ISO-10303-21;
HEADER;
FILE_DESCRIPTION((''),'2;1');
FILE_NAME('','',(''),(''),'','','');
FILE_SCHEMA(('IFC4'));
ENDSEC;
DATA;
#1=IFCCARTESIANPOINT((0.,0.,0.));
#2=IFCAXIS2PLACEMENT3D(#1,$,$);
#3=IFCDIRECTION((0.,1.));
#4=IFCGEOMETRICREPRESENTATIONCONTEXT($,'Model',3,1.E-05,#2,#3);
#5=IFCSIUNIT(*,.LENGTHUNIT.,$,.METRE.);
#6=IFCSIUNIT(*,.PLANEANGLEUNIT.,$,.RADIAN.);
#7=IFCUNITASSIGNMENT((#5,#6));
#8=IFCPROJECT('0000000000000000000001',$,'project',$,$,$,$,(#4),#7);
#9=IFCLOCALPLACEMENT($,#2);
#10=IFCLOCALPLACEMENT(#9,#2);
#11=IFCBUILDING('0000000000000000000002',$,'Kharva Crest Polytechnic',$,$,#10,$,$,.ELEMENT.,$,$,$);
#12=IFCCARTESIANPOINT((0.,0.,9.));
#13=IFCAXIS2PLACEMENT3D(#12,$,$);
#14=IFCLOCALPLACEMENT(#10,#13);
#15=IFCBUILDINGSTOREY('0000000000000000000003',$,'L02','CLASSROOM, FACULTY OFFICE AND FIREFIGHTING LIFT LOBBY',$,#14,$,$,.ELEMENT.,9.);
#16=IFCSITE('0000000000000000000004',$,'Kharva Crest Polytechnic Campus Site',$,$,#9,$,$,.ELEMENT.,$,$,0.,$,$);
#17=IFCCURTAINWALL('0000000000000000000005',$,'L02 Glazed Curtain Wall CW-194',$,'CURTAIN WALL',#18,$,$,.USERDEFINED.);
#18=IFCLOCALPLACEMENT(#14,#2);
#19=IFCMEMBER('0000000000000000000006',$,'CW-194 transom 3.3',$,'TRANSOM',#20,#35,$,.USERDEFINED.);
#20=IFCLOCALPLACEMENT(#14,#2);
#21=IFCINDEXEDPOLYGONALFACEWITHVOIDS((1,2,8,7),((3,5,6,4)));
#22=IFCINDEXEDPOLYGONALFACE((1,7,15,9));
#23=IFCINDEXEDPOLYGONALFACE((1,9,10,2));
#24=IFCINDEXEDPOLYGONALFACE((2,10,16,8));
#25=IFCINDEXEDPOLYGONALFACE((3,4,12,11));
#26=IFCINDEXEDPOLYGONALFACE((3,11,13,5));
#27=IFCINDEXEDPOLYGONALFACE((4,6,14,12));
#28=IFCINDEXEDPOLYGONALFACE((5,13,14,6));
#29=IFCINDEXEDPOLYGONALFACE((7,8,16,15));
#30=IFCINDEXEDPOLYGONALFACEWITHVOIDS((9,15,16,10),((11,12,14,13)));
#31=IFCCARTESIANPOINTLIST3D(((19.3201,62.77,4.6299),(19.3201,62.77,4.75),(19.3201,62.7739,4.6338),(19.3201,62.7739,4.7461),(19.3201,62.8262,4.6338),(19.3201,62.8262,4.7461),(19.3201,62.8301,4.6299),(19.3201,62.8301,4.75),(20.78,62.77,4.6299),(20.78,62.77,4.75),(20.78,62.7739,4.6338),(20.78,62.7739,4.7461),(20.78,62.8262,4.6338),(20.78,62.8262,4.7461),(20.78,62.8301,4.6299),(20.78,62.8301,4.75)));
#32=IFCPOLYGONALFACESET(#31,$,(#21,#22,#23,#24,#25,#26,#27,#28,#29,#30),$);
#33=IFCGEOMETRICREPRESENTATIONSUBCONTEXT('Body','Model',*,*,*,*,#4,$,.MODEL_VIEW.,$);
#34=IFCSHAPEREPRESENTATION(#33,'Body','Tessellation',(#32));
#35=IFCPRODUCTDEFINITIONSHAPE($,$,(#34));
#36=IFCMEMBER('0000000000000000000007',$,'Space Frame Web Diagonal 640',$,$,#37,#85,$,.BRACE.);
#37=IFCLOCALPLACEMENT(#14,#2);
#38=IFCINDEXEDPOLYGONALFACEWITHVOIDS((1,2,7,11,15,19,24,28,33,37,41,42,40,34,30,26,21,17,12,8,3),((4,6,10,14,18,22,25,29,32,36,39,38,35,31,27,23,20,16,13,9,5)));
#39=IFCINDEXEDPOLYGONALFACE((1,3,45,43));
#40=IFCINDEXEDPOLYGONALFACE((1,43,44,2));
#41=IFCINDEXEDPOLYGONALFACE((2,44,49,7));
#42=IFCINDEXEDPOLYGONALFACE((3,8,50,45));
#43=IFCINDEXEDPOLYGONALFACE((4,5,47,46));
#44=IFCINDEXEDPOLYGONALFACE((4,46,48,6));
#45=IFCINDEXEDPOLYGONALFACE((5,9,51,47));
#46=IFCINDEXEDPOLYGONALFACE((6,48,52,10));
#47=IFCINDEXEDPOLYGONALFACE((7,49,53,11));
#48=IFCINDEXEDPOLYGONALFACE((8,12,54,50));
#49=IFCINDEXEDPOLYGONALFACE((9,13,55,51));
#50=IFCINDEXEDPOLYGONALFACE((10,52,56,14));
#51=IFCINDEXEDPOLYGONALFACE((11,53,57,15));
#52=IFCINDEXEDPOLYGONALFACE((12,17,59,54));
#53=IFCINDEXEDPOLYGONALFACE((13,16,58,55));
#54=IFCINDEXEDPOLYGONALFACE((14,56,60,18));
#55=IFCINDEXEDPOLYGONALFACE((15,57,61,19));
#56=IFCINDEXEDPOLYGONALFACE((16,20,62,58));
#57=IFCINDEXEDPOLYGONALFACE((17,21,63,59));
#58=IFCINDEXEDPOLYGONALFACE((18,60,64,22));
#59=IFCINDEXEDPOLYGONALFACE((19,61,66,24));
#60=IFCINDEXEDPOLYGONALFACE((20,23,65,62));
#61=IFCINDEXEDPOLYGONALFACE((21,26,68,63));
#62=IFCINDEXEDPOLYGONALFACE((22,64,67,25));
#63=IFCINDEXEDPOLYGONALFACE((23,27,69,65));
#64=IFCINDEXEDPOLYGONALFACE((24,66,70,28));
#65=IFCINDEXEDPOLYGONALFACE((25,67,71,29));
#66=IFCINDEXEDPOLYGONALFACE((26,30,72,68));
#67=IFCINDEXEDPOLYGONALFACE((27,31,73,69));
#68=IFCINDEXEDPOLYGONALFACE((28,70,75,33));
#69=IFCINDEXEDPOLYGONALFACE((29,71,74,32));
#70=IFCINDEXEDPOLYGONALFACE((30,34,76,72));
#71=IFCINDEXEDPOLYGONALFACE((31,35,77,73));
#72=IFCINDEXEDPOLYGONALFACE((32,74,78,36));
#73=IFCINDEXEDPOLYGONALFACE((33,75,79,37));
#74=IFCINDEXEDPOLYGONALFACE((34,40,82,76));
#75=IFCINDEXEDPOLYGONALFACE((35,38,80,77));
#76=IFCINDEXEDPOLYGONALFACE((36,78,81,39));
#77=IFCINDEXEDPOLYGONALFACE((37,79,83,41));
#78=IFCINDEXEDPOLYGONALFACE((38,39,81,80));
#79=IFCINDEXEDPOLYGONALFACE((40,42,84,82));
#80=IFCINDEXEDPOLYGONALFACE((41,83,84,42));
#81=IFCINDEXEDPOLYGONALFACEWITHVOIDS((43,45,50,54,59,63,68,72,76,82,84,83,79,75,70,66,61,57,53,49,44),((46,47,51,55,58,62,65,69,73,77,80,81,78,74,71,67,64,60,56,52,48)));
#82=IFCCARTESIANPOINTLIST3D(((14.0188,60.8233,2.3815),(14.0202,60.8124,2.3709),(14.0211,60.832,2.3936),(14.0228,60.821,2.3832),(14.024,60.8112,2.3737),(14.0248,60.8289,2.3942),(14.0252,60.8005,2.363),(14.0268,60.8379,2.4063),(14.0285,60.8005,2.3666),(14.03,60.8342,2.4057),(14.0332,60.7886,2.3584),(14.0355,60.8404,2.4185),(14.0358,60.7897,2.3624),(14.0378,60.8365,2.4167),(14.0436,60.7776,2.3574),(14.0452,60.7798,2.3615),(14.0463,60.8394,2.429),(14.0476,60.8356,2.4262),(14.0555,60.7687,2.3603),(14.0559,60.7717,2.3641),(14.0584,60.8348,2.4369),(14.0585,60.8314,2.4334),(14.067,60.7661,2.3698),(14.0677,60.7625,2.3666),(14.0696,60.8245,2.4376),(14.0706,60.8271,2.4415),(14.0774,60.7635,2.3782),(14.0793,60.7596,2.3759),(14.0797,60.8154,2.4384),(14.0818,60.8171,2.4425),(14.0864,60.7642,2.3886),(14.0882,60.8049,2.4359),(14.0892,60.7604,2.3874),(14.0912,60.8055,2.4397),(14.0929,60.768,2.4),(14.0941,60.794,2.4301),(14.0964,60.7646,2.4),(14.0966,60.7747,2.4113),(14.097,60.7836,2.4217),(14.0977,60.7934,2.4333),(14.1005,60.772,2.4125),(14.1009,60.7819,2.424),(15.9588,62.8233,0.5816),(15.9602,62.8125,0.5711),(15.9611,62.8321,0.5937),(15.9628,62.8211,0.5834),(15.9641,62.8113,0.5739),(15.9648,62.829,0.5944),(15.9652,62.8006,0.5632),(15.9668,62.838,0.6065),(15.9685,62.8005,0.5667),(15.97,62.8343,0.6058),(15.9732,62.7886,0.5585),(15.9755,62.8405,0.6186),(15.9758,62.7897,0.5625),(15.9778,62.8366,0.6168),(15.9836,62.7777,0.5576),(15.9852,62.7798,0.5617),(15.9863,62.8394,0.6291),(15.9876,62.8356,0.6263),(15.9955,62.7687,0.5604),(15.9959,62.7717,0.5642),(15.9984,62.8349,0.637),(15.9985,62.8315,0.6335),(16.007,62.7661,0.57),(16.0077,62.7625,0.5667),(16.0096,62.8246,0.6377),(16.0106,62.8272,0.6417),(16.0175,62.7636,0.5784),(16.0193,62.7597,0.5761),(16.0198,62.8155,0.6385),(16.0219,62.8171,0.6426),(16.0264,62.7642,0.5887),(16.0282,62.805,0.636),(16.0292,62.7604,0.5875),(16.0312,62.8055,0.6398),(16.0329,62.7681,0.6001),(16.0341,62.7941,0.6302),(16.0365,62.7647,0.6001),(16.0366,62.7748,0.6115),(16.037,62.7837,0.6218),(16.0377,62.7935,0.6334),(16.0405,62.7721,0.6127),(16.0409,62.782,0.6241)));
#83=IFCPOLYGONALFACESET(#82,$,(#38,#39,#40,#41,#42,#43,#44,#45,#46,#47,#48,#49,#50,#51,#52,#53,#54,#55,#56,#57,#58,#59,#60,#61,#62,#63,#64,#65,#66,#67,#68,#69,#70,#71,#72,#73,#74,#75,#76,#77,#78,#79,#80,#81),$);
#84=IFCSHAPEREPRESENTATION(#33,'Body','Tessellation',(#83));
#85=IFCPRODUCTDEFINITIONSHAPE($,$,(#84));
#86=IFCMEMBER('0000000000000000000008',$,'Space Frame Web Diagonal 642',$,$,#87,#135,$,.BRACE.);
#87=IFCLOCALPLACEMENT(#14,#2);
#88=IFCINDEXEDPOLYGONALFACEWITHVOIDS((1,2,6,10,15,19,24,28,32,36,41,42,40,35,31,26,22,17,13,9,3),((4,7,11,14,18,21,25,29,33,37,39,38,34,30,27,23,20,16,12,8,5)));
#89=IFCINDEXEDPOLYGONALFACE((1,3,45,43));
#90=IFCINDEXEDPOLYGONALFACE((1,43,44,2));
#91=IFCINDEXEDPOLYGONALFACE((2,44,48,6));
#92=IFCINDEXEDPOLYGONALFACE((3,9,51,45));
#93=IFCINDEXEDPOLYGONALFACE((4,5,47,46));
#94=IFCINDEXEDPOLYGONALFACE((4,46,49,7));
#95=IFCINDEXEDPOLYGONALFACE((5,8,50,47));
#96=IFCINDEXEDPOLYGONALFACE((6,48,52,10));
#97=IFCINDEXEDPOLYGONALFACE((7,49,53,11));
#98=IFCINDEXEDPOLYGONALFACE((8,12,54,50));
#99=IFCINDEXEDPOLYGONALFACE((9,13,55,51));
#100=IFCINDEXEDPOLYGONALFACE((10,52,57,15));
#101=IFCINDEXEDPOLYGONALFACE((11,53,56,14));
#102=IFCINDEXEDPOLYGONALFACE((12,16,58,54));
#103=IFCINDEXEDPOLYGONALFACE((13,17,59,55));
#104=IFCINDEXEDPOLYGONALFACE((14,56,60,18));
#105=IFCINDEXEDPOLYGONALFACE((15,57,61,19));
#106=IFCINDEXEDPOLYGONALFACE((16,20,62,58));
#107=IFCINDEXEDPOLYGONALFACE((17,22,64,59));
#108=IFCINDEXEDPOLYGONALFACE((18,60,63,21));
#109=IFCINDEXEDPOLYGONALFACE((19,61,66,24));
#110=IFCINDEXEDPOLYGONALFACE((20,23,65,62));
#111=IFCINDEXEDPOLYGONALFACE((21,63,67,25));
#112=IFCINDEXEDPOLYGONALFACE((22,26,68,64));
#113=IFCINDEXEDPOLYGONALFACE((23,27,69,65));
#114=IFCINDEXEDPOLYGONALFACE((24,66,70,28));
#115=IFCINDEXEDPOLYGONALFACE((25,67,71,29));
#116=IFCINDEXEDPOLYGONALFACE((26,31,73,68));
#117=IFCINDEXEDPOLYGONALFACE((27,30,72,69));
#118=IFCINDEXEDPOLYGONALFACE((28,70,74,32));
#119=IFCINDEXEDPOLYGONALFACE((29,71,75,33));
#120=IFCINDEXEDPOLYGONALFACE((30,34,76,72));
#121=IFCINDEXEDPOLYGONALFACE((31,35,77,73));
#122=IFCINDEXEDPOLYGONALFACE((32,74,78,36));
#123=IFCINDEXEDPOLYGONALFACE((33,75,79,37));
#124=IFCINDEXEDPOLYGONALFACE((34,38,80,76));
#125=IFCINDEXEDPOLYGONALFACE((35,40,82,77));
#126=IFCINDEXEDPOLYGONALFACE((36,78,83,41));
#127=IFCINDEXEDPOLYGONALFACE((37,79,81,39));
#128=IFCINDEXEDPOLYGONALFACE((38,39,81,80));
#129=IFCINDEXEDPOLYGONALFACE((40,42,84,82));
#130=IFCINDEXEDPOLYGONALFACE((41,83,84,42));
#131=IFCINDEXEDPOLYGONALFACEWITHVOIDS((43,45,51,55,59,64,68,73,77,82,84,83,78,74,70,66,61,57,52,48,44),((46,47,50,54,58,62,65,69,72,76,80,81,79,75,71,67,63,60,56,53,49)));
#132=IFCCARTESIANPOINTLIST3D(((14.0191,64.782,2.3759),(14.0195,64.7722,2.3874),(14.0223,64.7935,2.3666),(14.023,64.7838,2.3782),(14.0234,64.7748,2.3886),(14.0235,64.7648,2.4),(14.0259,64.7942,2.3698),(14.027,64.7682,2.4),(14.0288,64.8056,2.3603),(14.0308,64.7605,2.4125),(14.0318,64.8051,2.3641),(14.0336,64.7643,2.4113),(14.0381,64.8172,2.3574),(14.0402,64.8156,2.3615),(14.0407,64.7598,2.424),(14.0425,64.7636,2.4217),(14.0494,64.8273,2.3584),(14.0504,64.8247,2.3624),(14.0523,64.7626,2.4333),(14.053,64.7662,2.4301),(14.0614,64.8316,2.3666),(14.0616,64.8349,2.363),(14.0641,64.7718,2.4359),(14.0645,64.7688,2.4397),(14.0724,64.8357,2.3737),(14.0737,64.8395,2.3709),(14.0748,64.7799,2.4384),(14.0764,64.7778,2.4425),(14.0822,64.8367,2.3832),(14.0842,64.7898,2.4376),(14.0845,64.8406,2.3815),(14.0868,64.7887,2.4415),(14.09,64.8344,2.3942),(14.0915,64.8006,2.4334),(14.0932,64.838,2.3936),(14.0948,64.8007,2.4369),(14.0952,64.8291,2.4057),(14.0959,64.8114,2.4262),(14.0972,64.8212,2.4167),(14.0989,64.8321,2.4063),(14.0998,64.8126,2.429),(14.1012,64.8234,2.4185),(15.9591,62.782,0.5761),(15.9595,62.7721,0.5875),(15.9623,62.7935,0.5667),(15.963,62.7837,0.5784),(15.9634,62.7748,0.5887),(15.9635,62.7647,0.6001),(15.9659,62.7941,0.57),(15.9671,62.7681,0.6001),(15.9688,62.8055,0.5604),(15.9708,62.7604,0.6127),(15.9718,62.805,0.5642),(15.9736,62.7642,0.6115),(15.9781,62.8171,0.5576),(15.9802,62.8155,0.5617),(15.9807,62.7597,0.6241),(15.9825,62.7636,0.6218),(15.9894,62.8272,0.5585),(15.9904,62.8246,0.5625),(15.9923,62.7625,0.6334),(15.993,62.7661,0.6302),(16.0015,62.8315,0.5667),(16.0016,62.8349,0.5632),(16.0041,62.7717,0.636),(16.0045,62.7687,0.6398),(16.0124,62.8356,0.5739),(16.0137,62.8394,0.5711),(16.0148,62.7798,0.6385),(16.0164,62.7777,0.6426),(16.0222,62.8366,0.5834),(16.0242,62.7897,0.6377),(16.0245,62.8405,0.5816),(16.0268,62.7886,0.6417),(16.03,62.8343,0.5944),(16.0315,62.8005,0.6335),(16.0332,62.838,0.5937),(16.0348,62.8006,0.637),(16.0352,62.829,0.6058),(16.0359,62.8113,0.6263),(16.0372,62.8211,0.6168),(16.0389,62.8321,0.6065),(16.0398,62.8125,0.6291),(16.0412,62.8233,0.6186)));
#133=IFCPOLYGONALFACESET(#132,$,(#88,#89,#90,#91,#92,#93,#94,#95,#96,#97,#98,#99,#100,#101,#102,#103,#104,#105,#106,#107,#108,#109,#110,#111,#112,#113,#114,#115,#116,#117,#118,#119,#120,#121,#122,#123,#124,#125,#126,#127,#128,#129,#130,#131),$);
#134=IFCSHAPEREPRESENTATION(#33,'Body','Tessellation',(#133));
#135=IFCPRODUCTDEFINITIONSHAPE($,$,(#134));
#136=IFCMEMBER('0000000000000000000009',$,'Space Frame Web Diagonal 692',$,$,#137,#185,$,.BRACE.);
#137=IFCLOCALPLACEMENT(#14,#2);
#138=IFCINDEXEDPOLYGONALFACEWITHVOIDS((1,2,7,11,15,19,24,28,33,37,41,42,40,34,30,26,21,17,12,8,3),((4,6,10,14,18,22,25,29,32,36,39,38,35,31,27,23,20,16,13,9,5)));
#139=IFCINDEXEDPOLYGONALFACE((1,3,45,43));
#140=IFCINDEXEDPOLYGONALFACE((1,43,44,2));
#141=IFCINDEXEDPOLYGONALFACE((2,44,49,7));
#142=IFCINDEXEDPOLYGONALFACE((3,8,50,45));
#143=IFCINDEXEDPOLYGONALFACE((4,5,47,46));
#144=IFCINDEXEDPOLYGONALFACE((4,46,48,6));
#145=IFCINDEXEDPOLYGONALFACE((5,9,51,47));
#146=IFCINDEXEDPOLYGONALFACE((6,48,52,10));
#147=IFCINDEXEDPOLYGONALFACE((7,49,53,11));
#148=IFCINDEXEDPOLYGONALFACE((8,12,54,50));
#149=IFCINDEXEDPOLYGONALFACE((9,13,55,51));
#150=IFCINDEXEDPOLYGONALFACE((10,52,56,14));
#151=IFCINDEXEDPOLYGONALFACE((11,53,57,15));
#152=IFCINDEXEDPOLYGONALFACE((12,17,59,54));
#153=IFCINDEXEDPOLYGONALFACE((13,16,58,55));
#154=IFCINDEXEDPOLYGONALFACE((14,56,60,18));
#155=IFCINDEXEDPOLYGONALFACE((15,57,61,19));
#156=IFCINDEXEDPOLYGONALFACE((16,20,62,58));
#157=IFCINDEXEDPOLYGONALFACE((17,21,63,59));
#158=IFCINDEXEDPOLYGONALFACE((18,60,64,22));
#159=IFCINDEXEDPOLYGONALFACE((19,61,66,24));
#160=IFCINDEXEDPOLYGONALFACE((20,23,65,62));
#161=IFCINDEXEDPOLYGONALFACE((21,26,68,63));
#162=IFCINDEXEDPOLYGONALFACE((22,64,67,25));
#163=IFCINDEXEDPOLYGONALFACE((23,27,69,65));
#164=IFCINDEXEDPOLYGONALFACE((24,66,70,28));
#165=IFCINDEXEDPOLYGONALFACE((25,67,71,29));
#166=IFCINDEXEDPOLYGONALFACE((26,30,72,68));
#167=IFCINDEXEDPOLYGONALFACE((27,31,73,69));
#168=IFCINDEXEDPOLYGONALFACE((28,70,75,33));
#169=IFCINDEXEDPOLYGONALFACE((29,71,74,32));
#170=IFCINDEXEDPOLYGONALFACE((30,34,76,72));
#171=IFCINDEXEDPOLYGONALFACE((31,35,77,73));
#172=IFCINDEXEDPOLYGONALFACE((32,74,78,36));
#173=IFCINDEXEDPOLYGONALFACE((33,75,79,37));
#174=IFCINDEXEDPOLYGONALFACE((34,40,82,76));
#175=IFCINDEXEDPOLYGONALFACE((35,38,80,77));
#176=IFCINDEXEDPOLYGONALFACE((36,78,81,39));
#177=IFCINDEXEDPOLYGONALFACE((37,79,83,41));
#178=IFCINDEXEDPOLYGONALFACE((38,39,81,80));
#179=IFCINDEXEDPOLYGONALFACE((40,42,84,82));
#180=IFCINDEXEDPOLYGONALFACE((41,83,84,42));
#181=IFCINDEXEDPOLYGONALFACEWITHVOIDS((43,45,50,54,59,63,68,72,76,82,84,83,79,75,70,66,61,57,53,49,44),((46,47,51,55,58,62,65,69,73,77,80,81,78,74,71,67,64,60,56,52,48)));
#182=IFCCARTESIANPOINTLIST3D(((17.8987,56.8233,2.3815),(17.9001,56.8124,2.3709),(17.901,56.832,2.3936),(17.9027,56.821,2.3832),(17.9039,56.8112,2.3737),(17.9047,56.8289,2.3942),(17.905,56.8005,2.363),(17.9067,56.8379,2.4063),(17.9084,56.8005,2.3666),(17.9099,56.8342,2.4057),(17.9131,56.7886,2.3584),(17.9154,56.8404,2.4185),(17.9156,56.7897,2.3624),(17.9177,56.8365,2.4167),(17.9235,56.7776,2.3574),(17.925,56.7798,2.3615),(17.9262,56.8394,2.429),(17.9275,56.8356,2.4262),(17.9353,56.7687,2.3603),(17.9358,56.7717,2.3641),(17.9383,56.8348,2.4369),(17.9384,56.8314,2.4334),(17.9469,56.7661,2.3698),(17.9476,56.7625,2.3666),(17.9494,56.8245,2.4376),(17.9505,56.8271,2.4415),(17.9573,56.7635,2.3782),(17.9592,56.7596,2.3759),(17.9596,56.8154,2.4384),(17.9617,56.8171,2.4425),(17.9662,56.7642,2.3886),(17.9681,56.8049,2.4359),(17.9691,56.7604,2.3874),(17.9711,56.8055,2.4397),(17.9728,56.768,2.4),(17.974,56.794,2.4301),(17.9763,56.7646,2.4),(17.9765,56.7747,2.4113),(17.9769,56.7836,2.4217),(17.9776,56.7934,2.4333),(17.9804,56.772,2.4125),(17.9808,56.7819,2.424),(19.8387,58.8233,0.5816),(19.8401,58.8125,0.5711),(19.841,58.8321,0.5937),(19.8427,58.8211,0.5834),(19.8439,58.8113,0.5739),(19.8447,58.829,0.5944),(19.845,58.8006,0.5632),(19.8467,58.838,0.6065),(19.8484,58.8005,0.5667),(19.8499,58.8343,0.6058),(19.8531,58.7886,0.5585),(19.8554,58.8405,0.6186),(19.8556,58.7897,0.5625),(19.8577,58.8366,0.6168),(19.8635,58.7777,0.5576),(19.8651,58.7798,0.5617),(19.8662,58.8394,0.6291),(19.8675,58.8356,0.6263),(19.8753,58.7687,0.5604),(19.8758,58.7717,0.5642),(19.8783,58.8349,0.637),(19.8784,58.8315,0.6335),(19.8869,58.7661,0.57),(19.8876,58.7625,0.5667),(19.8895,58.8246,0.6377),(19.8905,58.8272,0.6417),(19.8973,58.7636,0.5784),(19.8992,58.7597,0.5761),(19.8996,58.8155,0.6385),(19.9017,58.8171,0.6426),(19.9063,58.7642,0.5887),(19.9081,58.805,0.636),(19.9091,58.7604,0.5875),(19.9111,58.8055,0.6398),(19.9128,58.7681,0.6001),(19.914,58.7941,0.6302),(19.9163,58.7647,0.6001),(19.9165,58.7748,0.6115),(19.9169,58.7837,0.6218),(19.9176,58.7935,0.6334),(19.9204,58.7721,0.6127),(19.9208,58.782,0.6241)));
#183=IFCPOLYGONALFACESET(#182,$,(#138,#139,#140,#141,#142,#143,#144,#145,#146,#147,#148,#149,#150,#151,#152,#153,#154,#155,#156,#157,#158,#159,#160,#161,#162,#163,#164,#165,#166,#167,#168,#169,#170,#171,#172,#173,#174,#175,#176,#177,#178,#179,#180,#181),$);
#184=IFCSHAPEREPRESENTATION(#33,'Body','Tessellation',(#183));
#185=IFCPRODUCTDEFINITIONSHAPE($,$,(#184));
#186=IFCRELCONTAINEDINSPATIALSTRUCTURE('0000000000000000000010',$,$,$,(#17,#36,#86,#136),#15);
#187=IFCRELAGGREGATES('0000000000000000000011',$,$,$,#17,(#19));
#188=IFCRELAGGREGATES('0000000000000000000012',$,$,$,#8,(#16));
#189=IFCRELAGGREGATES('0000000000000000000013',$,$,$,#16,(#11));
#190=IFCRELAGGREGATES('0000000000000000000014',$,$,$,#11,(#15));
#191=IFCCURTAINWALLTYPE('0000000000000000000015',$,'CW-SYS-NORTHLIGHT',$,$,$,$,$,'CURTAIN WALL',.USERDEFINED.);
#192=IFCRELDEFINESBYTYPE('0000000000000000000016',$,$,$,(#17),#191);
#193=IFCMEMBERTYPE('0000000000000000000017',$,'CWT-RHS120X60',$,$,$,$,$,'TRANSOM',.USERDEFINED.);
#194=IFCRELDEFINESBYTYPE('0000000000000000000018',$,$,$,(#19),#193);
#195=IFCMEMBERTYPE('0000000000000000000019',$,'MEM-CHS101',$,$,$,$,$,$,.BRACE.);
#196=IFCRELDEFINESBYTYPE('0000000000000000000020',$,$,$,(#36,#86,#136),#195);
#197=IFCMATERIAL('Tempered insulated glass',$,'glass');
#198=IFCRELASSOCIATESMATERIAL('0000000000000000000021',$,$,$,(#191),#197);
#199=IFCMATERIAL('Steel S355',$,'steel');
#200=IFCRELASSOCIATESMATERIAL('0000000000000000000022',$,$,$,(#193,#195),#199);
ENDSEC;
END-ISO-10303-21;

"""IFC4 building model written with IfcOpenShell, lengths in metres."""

from ifc_helpers import new_model, si_unit, direction, frame, origin, origin_2d, place, context, subcontext, project, spatial, hollow_rectangle, hollow_circle, extrude, material, material_profile, profile_set, type_object, element, aggregate, save


model = new_model("IFC4")

# Units and contexts
model_context = context("Model", 3, precision=1e-05, world=origin(), true_north=direction((0.0, 1.0)))
body_context = subcontext(model_context, "Body", "Model", "MODEL_VIEW")
ifc_project = project(units=[si_unit("LENGTHUNIT", "METRE"), si_unit("PLANEANGLEUNIT", "RADIAN")], contexts=[model_context])

# Site, building, storey
site_placement = place(None, origin())
site = spatial("IfcSite", under=ifc_project, at=site_placement, Name="Kharva Crest Polytechnic Campus Site", CompositionType="ELEMENT", RefElevation=0.0)
building_placement = place(site_placement, origin())
building = spatial("IfcBuilding", under=site, at=building_placement, Name="Kharva Crest Polytechnic", CompositionType="ELEMENT")
storey_placement = place(building_placement, frame((0.0, 0.0, 9.0)))
storey = spatial("IfcBuildingStorey", under=building, at=storey_placement, Name="L02", Description="CLASSROOM, FACULTY OFFICE AND FIREFIGHTING LIFT LOBBY", CompositionType="ELEMENT", Elevation=9.0)

# Curtain wall, member
ifc_material_1 = material(Name="Tempered insulated glass", Category="glass")
curtain_wall_type = type_object("IfcCurtainWallType", Name="CW-SYS-NORTHLIGHT", ElementType="CURTAIN WALL", PredefinedType="USERDEFINED", material=ifc_material_1)
curtain_wall_placement = place(storey_placement, origin())
curtain_wall = element("IfcCurtainWall", 1, at=curtain_wall_placement, inside=storey, type_object=curtain_wall_type, Name="L02 Glazed Curtain Wall CW-194", ObjectType="CURTAIN WALL", PredefinedType="USERDEFINED")
ifc_material_2 = material(Name="Steel S355", Category="steel")
ifc_material_profile_1 = material_profile(ifc_material_2, hollow_rectangle(XDim=0.0601, YDim=0.1201, WallThickness=0.0039, at=origin_2d()), Name="RHS 120X60X4.0")
ifc_profile_set_1 = profile_set([ifc_material_profile_1], Name="Steel S355")
member_type_1 = type_object("IfcMemberType", Name="CWT-RHS120X60", ElementType="TRANSOM", PredefinedType="USERDEFINED", material=ifc_profile_set_1)
member_1_placement = place(storey_placement, frame((19.3201, 62.8, 4.6899), z_axis=(1.0, 0.0, 0.0), x_axis=(0.0, 1.0, 0.0)))
member_1 = element("IfcMember", 2, at=member_1_placement, type_object=member_type_1, Name="CW-194 transom 3.3", ObjectType="TRANSOM", PredefinedType="USERDEFINED", context=body_context, shape_type="SweptSolid", body=[
    extrude(hollow_rectangle(XDim=0.0601, YDim=0.1201, WallThickness=0.0039, at=origin_2d()), origin(), (0.0, 0.0, 1.0), 1.46),
])

# Members
ifc_material_profile_2 = material_profile(ifc_material_2, hollow_circle(Radius=0.0508, WallThickness=0.0049, at=origin_2d()), Name="CHS 101.6X5.0")
ifc_profile_set_2 = profile_set([ifc_material_profile_2], Name="Steel S355")
member_type_2 = type_object("IfcMemberType", Name="MEM-CHS101", PredefinedType="BRACE", material=ifc_profile_set_2)
for number, where, z_axis, x_axis, name in (
    (3, (16.0, 62.8, 0.6001), (-0.584843, -0.60295, 0.542596), (0.717802, -0.696247, 0.0), "Space Frame Web Diagonal 640"),
    (4, (16.0, 62.8, 0.6001), (-0.584843, 0.60295, 0.542596), (-0.717802, -0.696247, 0.0), "Space Frame Web Diagonal 642"),
    (5, (19.8799, 58.8, 0.6001), (-0.584843, -0.60295, 0.542596), (0.717802, -0.696247, 0.0), "Space Frame Web Diagonal 692"),
):
    element("IfcMember", number, at=place(storey_placement, frame(where, z_axis=z_axis, x_axis=x_axis)), inside=storey, type_object=member_type_2, Name=name, PredefinedType="BRACE", context=body_context, shape_type="SweptSolid", body=[
        extrude(hollow_circle(Radius=0.0508, WallThickness=0.0049, at=origin_2d()), origin(), (0.0, 0.0, 1.0), 3.3171),
    ])

aggregate(curtain_wall, [member_1])

save(model, "model.ifc")
